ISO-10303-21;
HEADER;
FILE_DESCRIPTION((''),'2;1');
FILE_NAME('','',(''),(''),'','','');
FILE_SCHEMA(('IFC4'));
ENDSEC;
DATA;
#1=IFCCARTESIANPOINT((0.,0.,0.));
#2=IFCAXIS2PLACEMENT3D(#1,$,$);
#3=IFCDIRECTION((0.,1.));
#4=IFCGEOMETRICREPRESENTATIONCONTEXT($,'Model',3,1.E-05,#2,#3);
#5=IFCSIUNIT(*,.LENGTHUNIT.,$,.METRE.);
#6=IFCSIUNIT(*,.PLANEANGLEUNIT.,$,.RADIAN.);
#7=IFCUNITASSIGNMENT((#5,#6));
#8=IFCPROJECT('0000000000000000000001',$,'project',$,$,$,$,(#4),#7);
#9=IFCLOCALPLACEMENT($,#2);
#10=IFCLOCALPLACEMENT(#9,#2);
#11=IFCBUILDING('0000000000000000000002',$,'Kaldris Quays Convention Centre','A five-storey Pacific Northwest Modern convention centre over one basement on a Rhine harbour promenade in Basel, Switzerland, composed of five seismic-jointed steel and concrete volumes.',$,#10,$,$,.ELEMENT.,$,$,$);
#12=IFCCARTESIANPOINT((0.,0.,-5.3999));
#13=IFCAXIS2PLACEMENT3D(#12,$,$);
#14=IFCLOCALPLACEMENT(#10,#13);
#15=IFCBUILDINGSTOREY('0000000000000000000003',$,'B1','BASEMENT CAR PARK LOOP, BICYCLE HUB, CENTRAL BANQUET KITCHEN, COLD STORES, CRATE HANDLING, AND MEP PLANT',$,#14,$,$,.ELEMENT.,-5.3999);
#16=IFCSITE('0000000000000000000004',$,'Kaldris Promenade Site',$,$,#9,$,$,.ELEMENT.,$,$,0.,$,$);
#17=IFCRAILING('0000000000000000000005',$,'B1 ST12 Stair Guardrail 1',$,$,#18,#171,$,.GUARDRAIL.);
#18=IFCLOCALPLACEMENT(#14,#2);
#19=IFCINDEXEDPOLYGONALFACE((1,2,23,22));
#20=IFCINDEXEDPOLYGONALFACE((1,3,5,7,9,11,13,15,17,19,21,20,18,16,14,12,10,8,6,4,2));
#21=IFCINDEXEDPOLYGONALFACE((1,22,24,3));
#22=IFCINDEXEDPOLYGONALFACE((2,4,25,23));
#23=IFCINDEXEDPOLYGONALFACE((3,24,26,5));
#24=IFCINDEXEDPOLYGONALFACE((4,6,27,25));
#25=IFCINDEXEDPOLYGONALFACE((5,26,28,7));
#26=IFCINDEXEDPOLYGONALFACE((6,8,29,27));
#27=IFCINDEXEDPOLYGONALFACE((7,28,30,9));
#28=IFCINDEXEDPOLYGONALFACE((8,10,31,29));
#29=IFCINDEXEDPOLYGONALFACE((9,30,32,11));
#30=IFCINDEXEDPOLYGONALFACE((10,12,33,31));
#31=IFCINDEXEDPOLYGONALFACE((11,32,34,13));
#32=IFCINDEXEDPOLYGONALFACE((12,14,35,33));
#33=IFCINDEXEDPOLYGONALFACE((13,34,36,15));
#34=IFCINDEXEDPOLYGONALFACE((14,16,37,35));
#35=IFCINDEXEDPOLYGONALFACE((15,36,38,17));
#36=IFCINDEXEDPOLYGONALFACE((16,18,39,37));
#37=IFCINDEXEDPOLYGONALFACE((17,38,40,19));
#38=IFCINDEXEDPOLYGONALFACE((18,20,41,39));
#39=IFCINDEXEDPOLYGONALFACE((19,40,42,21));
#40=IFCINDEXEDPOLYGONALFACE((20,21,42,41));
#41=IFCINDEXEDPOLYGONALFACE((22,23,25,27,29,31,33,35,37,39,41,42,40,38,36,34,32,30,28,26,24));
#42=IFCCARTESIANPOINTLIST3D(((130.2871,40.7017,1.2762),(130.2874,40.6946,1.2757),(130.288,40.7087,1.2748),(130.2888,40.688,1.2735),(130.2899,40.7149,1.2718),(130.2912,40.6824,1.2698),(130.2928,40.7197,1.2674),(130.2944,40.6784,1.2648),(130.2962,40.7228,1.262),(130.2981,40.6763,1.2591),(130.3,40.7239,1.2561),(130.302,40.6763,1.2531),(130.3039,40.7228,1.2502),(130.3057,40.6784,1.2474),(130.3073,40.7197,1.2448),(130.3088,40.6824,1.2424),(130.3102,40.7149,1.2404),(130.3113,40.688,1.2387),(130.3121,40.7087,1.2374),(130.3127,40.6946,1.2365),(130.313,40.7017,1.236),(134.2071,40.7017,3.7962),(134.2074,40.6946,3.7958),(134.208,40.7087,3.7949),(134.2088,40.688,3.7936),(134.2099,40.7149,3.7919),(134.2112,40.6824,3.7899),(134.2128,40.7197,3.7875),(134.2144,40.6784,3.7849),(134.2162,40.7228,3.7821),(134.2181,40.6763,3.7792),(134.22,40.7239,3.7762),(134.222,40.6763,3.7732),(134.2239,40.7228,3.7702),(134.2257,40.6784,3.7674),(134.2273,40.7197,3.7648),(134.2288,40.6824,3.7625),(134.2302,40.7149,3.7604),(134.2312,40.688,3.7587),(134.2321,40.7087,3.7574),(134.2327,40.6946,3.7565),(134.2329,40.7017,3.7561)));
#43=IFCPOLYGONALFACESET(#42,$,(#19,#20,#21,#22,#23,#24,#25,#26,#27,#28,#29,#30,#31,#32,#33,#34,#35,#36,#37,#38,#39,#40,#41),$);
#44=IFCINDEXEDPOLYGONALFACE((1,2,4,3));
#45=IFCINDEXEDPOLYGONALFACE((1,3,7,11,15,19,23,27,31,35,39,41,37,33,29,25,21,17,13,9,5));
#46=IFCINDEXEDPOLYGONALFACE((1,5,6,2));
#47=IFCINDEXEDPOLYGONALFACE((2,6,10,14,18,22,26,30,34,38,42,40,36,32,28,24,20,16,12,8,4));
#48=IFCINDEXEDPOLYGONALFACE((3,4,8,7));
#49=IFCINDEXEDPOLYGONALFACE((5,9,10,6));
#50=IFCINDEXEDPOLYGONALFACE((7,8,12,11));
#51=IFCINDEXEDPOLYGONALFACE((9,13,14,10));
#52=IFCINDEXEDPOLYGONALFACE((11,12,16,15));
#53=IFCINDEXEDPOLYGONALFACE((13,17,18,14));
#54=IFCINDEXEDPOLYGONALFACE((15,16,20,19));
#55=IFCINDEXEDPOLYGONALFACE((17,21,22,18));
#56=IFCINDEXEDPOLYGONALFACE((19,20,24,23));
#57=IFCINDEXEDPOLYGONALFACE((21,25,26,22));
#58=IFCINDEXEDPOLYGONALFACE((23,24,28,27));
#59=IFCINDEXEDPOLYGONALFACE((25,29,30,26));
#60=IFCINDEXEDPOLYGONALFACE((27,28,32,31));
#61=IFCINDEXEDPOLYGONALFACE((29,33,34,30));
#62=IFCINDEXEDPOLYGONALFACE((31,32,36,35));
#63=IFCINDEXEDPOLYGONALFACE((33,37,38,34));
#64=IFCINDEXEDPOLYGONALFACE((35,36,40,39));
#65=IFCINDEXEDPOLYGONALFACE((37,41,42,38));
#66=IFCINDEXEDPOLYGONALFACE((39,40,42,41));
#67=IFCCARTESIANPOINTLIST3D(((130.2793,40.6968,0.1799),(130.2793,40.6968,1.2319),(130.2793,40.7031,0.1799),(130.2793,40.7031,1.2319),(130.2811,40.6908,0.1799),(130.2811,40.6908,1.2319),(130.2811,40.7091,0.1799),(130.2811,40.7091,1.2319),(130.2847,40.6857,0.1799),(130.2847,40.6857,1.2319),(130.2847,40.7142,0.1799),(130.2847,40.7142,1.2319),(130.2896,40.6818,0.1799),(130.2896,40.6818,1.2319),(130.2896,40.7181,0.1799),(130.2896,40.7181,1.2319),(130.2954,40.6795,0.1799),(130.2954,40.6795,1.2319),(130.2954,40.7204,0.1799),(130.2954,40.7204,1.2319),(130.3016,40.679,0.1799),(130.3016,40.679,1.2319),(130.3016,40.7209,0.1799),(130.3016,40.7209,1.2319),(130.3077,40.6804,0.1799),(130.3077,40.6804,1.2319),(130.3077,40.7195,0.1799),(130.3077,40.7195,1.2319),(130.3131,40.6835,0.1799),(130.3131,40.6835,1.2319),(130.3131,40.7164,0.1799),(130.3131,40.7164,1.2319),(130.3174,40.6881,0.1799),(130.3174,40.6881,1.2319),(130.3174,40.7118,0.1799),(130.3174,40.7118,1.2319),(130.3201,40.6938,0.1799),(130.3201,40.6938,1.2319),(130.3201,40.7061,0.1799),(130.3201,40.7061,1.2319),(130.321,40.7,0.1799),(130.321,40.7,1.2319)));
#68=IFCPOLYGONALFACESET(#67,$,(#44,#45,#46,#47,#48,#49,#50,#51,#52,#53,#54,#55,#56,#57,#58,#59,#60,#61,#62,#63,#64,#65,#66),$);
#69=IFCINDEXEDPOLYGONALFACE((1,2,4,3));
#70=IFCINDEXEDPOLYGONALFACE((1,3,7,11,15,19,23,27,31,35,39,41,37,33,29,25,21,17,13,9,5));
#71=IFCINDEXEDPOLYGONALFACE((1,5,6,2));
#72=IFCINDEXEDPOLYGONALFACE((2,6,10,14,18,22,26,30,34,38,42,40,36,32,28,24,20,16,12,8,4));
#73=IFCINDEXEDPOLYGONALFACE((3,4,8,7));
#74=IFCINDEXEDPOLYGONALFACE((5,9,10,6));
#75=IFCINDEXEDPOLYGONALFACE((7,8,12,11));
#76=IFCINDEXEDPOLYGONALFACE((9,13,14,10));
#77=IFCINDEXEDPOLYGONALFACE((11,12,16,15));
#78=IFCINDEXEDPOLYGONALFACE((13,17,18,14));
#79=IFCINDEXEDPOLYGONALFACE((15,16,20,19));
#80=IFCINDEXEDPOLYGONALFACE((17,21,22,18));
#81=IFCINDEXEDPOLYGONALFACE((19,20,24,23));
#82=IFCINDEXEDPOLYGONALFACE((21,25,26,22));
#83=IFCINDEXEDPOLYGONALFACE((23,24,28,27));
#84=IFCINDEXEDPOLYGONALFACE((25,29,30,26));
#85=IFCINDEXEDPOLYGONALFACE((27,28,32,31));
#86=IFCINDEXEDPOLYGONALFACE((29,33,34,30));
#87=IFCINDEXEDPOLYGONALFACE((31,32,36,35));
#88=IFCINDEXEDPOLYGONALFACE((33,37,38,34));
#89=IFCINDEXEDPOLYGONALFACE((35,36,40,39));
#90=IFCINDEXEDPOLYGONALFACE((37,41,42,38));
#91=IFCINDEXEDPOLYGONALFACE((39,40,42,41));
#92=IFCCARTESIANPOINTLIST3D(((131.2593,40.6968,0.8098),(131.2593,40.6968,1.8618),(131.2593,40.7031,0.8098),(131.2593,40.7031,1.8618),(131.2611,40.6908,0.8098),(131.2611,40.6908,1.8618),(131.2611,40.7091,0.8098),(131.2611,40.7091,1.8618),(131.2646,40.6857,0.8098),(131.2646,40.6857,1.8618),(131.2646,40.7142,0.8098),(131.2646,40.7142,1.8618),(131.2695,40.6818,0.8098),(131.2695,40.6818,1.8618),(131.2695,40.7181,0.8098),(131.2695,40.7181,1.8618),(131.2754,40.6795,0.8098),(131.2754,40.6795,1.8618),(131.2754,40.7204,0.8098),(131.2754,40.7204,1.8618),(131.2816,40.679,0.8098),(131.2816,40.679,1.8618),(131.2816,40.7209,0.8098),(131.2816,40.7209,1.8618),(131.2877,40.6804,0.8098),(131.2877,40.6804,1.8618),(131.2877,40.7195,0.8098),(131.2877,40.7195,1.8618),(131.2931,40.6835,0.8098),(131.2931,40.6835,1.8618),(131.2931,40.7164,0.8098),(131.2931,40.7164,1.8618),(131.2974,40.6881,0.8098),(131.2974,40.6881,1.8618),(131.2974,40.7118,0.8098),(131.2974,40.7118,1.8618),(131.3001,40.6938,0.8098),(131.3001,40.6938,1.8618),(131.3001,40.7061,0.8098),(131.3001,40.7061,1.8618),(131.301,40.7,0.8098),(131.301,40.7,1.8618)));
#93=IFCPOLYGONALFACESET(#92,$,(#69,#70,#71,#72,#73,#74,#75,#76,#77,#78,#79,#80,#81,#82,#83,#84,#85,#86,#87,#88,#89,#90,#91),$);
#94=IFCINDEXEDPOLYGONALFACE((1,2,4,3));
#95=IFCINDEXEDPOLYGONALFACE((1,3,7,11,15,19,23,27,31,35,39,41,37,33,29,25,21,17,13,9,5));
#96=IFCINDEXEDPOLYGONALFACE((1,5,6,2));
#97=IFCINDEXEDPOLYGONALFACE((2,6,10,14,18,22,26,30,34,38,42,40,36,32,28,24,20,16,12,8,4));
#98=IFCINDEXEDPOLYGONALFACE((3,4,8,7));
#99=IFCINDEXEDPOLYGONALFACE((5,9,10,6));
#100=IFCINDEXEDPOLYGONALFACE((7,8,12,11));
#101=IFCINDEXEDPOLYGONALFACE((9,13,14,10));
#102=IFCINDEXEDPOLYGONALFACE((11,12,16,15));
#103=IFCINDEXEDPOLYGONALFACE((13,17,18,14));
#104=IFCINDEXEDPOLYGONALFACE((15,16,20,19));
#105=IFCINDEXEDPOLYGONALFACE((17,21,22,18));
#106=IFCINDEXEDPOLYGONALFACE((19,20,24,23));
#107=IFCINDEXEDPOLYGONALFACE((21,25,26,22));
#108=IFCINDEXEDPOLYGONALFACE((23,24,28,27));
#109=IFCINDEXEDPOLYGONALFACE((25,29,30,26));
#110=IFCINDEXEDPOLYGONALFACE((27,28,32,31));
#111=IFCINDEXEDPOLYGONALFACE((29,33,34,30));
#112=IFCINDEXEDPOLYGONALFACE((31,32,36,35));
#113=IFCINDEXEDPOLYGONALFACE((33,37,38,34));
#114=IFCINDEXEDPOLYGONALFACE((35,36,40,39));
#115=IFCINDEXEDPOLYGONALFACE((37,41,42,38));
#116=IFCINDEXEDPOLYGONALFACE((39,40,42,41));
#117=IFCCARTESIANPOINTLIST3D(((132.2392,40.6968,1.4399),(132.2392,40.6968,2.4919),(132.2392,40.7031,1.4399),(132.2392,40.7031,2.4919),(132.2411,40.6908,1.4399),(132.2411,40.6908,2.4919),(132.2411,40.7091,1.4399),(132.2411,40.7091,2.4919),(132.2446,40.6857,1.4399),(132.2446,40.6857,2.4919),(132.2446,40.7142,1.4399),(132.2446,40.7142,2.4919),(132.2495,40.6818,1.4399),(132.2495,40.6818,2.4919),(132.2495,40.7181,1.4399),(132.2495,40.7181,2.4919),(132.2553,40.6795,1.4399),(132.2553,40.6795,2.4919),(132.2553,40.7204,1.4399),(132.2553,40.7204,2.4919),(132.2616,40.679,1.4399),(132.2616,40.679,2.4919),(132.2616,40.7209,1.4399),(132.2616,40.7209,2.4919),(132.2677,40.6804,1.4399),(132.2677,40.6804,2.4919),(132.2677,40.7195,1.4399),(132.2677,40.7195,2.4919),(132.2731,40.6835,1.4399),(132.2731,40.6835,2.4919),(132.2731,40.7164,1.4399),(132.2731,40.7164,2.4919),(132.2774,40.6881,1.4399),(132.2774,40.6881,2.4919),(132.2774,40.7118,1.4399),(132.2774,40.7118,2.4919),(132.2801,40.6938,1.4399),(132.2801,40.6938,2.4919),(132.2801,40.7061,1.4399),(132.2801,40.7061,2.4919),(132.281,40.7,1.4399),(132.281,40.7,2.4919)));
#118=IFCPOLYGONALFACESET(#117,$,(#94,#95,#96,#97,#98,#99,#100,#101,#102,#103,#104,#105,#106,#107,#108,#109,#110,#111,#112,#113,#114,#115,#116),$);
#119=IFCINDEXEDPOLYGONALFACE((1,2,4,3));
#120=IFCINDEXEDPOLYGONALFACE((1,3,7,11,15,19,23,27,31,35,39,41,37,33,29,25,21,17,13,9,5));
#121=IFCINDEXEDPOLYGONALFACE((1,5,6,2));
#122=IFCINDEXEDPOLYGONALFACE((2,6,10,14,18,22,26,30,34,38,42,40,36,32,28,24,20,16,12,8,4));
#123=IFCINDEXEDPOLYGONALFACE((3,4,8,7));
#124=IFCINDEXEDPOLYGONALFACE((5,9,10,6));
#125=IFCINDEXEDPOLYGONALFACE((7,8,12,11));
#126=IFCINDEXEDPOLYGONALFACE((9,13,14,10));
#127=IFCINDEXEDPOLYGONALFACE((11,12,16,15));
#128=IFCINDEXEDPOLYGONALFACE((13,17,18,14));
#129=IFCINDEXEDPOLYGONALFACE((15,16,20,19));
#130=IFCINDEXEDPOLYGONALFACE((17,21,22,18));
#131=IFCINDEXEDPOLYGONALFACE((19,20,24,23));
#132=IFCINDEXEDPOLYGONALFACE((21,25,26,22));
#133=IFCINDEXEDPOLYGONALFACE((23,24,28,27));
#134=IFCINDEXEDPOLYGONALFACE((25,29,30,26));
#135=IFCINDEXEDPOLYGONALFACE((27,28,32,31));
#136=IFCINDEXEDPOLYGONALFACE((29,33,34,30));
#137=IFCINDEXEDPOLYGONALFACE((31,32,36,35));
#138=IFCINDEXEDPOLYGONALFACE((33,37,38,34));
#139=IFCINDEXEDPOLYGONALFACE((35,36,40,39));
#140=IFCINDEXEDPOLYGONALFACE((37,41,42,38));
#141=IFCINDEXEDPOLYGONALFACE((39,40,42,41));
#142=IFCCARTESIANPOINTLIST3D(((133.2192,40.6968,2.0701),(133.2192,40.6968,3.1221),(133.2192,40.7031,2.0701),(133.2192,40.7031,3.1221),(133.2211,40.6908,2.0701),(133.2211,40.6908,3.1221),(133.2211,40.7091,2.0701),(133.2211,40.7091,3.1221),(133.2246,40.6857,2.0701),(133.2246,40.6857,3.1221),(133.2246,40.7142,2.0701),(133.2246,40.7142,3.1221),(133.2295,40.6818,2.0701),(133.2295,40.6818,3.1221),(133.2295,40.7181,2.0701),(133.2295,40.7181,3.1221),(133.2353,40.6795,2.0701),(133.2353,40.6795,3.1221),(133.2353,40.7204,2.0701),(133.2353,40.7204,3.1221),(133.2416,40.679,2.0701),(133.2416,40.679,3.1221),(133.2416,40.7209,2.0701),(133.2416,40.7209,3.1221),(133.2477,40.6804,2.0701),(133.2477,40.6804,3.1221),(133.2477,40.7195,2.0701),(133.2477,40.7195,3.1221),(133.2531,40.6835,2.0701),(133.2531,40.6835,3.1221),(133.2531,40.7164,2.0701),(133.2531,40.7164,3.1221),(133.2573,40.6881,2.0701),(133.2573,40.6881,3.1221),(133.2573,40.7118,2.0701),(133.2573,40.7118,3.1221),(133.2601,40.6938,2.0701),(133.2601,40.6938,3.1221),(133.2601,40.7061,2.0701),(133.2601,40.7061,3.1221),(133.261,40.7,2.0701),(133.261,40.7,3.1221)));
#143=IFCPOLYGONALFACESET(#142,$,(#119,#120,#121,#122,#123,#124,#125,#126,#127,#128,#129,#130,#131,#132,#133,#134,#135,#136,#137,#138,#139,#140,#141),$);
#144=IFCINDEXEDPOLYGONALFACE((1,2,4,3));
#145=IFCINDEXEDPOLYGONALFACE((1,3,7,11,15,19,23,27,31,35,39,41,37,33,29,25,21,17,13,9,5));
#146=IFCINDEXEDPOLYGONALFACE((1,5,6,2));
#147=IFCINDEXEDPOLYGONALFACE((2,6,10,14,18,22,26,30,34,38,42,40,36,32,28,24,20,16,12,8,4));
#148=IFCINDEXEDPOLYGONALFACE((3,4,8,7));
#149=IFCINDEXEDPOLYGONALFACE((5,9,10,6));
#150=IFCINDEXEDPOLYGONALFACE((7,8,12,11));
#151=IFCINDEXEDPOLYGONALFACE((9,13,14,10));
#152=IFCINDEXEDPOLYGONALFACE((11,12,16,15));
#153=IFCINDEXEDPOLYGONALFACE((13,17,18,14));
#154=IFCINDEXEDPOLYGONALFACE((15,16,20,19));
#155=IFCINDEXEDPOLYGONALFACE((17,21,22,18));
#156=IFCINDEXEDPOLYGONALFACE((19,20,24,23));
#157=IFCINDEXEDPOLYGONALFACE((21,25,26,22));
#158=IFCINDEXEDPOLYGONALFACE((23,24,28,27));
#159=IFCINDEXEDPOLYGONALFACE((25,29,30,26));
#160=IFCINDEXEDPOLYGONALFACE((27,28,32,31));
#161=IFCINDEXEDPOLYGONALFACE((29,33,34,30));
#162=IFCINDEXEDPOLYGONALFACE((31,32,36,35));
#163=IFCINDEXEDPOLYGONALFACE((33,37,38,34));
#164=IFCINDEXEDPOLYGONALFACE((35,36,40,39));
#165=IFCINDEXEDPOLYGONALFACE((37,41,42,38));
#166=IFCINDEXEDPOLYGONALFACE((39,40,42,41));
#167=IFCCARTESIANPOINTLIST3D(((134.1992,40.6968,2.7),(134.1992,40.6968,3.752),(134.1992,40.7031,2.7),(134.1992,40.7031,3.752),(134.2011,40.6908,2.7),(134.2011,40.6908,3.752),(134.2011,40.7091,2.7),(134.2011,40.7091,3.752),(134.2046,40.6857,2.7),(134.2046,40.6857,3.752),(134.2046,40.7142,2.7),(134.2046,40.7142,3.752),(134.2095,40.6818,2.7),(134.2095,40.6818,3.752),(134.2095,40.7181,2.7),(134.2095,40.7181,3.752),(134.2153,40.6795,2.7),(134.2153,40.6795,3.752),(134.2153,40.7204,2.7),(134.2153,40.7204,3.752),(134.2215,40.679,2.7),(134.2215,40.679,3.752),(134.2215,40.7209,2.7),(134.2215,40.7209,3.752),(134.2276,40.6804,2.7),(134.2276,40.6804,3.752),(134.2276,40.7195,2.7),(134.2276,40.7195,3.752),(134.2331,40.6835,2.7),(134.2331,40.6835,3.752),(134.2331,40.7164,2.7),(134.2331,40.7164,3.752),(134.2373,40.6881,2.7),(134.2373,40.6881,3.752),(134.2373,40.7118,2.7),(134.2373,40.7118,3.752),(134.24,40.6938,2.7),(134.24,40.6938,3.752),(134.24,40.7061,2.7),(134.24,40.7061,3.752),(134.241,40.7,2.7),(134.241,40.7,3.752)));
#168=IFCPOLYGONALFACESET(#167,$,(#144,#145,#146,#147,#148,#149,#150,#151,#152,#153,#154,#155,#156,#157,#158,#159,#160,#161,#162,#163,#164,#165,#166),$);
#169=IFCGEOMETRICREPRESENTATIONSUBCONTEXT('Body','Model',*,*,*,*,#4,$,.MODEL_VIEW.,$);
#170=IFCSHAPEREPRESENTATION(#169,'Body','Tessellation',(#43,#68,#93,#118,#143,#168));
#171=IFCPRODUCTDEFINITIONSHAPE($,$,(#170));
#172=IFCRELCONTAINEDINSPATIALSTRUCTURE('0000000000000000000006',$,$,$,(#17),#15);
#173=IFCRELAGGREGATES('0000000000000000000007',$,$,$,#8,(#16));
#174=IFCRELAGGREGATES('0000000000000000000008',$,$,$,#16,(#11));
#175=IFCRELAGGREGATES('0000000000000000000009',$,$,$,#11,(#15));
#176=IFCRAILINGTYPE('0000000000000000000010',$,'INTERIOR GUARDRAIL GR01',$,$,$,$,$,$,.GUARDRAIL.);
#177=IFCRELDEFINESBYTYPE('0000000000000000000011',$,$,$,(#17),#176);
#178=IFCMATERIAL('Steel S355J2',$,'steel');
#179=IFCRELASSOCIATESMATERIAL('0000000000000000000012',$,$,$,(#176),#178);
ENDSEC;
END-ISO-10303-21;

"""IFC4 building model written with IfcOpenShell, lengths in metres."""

from ifc_helpers import new_model, si_unit, direction, frame, origin, origin_2d, place, context, subcontext, project, spatial, circle, extrude, material, type_object, element, save


model = new_model("IFC4")

# Units and contexts
model_context = context("Model", 3, precision=1e-05, world=origin(), true_north=direction((0.0, 1.0)))
body_context = subcontext(model_context, "Body", "Model", "MODEL_VIEW")
ifc_project = project(units=[si_unit("LENGTHUNIT", "METRE"), si_unit("PLANEANGLEUNIT", "RADIAN")], contexts=[model_context])

# Site, building, storey
site_placement = place(None, origin())
site = spatial("IfcSite", under=ifc_project, at=site_placement, Name="Kaldris Promenade Site", CompositionType="ELEMENT", RefElevation=0.0)
building_placement = place(site_placement, origin())
building = spatial("IfcBuilding", under=site, at=building_placement, Name="Kaldris Quays Convention Centre", Description="A five-storey Pacific Northwest Modern convention centre over one basement on a Rhine harbour promenade in Basel, Switzerland, composed of five seismic-jointed steel and concrete volumes.", CompositionType="ELEMENT")
storey_placement = place(building_placement, frame((0.0, 0.0, -5.3999)))
storey = spatial("IfcBuildingStorey", under=building, at=storey_placement, Name="B1", Description="BASEMENT CAR PARK LOOP, BICYCLE HUB, CENTRAL BANQUET KITCHEN, COLD STORES, CRATE HANDLING, AND MEP PLANT", CompositionType="ELEMENT", Elevation=-5.3999)

# Shared definitions
ifc_material_1 = material(Name="Steel S355J2", Category="steel")

# Railing
railing_type_1 = type_object("IfcRailingType", Name="INTERIOR GUARDRAIL GR01", PredefinedType="GUARDRAIL", material=ifc_material_1)
railing_1_placement = place(storey_placement, frame((130.3, 40.7, 0.1799)))
element("IfcRailing", 1, at=railing_1_placement, inside=storey, type_object=railing_type_1, Name="B1 ST12 Stair Guardrail 1", PredefinedType="GUARDRAIL", context=body_context, shape_type="SweptSolid", body=[
    extrude(circle(Radius=0.0239, at=origin_2d()), frame((0.0, 0.0, 1.0762), z_axis=(0.841172, 0.0, 0.540768), x_axis=(0.0, 1.0, 0.0)), (0.0, 0.0, 1.0), 4.6602),
    extrude(circle(Radius=0.021, at=origin_2d()), origin(), (0.0, 0.0, 1.0), 1.052),
    extrude(circle(Radius=0.021, at=origin_2d()), frame((0.98, 0.0, 0.6299)), (0.0, 0.0, 1.0), 1.052),
    extrude(circle(Radius=0.021, at=origin_2d()), frame((1.96, 0.0, 1.26)), (0.0, 0.0, 1.0), 1.052),
    extrude(circle(Radius=0.021, at=origin_2d()), frame((2.9399, 0.0, 1.8901)), (0.0, 0.0, 1.0), 1.052),
    extrude(circle(Radius=0.021, at=origin_2d()), frame((3.9199, 0.0, 2.52)), (0.0, 0.0, 1.0), 1.052),
])

save(model, "model.ifc")
